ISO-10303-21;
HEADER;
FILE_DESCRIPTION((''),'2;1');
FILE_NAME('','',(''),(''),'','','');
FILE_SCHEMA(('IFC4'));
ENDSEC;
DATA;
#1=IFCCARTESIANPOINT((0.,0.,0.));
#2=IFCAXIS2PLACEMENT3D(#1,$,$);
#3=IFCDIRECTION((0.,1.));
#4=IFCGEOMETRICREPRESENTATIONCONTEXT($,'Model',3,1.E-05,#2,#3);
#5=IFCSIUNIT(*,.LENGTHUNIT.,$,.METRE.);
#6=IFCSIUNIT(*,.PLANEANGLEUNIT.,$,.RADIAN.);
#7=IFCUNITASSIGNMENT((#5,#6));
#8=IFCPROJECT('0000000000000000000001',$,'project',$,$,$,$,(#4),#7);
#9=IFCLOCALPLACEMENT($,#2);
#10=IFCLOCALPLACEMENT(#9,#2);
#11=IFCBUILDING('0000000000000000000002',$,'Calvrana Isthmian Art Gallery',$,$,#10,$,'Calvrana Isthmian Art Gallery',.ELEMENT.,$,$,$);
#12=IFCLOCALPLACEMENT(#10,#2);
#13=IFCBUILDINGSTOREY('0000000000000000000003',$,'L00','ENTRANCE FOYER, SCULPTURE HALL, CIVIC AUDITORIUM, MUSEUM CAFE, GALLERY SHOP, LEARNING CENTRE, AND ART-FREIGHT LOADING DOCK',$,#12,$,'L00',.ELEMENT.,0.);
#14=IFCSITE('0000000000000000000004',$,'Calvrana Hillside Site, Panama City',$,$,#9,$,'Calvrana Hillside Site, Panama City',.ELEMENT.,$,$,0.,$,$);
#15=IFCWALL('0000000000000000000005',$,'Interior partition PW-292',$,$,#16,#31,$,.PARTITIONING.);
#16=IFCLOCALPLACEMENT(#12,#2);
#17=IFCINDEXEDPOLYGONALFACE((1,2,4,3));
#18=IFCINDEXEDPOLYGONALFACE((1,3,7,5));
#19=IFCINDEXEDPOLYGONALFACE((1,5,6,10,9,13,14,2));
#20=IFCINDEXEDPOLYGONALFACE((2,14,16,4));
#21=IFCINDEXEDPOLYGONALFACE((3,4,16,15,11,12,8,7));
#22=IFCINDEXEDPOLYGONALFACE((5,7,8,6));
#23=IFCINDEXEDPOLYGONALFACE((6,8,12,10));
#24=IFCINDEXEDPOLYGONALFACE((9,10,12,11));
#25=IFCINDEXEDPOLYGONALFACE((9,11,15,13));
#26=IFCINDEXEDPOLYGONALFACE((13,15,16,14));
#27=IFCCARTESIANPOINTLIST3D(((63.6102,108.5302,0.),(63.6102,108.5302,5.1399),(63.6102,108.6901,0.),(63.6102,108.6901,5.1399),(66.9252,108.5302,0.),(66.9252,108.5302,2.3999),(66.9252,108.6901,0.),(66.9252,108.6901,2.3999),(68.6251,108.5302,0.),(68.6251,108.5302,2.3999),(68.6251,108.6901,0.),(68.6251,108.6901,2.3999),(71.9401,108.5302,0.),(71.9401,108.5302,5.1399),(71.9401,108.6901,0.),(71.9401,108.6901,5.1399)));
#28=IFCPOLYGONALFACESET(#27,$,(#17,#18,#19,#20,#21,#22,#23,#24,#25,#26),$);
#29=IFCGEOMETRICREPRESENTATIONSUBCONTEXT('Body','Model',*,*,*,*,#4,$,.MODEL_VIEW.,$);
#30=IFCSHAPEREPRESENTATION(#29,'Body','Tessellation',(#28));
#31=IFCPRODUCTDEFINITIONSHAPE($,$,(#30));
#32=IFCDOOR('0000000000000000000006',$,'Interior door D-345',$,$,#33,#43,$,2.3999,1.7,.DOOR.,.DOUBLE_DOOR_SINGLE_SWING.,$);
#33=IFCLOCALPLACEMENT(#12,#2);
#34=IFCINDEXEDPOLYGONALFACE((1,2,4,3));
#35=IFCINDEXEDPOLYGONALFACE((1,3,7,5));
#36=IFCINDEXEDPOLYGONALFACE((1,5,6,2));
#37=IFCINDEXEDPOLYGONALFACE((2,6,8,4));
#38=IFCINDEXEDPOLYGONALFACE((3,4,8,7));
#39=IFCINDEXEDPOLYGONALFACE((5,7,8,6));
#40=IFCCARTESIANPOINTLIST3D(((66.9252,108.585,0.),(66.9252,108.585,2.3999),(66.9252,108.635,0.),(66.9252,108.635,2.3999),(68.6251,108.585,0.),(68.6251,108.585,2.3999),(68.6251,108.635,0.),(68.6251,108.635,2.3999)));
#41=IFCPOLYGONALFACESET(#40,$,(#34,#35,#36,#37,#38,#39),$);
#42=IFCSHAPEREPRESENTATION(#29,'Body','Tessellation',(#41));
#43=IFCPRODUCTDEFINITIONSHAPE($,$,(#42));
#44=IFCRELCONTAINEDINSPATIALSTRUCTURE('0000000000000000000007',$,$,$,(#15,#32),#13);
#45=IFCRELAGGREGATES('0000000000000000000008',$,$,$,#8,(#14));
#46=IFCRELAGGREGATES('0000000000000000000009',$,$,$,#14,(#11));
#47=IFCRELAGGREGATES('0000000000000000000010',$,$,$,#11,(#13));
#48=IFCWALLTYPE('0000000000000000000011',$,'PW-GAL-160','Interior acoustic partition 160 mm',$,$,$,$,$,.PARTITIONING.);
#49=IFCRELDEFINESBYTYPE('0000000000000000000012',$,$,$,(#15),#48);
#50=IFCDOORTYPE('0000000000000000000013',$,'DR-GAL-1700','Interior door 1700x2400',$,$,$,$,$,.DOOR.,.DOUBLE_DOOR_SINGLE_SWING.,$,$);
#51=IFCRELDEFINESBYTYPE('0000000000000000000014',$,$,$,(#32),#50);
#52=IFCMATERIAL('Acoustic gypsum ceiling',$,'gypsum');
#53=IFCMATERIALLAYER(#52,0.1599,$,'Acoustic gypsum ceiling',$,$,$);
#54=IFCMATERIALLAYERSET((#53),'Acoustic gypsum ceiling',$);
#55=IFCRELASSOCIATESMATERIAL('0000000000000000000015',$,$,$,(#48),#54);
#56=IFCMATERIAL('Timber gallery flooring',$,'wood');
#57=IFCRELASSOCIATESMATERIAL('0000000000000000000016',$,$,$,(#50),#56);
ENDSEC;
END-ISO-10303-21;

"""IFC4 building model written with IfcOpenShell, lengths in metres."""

from ifc_helpers import new_model, si_unit, direction, frame, frame_2d, origin, place, context, subcontext, project, spatial, rectangle, extrude, material, layer, layer_set, type_object, element, fill, save


model = new_model("IFC4")

# Units and contexts
model_context = context("Model", 3, precision=1e-05, world=origin(), true_north=direction((0.0, 1.0)))
body_context = subcontext(model_context, "Body", "Model", "MODEL_VIEW")
ifc_project = project(units=[si_unit("LENGTHUNIT", "METRE"), si_unit("PLANEANGLEUNIT", "RADIAN")], contexts=[model_context])

# Site, building, storey
site_placement = place(None, origin())
site = spatial("IfcSite", under=ifc_project, at=site_placement, Name="Calvrana Hillside Site, Panama City", LongName="Calvrana Hillside Site, Panama City", CompositionType="ELEMENT", RefElevation=0.0)
building_placement = place(site_placement, origin())
building = spatial("IfcBuilding", under=site, at=building_placement, Name="Calvrana Isthmian Art Gallery", LongName="Calvrana Isthmian Art Gallery", CompositionType="ELEMENT")
storey_placement = place(building_placement, origin())
storey = spatial("IfcBuildingStorey", under=building, at=storey_placement, Name="L00", Description="ENTRANCE FOYER, SCULPTURE HALL, CIVIC AUDITORIUM, MUSEUM CAFE, GALLERY SHOP, LEARNING CENTRE, AND ART-FREIGHT LOADING DOCK", LongName="L00", CompositionType="ELEMENT", Elevation=0.0)

# Shared definitions
ifc_material_1 = material(Name="Acoustic gypsum ceiling", Category="gypsum")
ifc_layer_1 = layer(ifc_material_1, 0.1599, Name="Acoustic gypsum ceiling")
ifc_layer_set_1 = layer_set([ifc_layer_1], Name="Acoustic gypsum ceiling")
wall_type_1 = type_object("IfcWallType", Name="PW-GAL-160", Description="Interior acoustic partition 160 mm", PredefinedType="PARTITIONING", material=ifc_layer_set_1)

# Wall, opening, door
ifc_material_2 = material(Name="Timber gallery flooring", Category="wood")
wall_1_placement = place(storey_placement, frame((63.6101, 108.6101, 0.0), z_axis=(0.0, 0.0, 1.0), x_axis=(1.0, 0.0, 0.0)))
wall_1 = element("IfcWall", 1, at=wall_1_placement, inside=storey, type_object=wall_type_1, Name="Interior partition PW-292", PredefinedType="PARTITIONING", context=body_context, shape_type="SweptSolid", body=[
    extrude(rectangle(XDim=8.3298, YDim=0.1599, at=frame_2d((4.165, 0.0))), origin(), (0.0, 0.0, 1.0), 5.1399),
])
opening_1_placement = place(wall_1_placement, frame((3.3149, 0.0, 0.0)))
opening_1 = element("IfcOpeningElement", 2, at=opening_1_placement, cuts=wall_1, PredefinedType="OPENING", context=body_context, shape_type="SweptSolid", body=[
    extrude(rectangle(XDim=1.7, YDim=2.3999, at=frame_2d((0.8501, 1.2))), frame((0.0, 0.0903, 0.0), z_axis=(0.0, -1.0, 0.0), x_axis=(1.0, 0.0, 0.0)), (0.0, 0.0, 1.0), 0.1804),
])
door_type_1 = type_object("IfcDoorType", Name="DR-GAL-1700", Description="Interior door 1700x2400", OperationType="DOUBLE_DOOR_SINGLE_SWING", PredefinedType="DOOR", material=ifc_material_2)
door_1_placement = place(opening_1_placement, origin())
door_1 = element("IfcDoor", 3, at=door_1_placement, inside=storey, type_object=door_type_1, Name="Interior door D-345", OperationType="DOUBLE_DOOR_SINGLE_SWING", OverallHeight=2.3999, OverallWidth=1.7, PredefinedType="DOOR", context=body_context, shape_type="SweptSolid", body=[
    extrude(rectangle(XDim=1.7, YDim=2.3999, at=frame_2d((0.8501, 1.2))), frame((0.0, 0.0249, 0.0), z_axis=(0.0, -1.0, 0.0), x_axis=(1.0, 0.0, 0.0)), (0.0, 0.0, 1.0), 0.05),
])
fill(opening_1, door_1)

save(model, "model.ifc")
